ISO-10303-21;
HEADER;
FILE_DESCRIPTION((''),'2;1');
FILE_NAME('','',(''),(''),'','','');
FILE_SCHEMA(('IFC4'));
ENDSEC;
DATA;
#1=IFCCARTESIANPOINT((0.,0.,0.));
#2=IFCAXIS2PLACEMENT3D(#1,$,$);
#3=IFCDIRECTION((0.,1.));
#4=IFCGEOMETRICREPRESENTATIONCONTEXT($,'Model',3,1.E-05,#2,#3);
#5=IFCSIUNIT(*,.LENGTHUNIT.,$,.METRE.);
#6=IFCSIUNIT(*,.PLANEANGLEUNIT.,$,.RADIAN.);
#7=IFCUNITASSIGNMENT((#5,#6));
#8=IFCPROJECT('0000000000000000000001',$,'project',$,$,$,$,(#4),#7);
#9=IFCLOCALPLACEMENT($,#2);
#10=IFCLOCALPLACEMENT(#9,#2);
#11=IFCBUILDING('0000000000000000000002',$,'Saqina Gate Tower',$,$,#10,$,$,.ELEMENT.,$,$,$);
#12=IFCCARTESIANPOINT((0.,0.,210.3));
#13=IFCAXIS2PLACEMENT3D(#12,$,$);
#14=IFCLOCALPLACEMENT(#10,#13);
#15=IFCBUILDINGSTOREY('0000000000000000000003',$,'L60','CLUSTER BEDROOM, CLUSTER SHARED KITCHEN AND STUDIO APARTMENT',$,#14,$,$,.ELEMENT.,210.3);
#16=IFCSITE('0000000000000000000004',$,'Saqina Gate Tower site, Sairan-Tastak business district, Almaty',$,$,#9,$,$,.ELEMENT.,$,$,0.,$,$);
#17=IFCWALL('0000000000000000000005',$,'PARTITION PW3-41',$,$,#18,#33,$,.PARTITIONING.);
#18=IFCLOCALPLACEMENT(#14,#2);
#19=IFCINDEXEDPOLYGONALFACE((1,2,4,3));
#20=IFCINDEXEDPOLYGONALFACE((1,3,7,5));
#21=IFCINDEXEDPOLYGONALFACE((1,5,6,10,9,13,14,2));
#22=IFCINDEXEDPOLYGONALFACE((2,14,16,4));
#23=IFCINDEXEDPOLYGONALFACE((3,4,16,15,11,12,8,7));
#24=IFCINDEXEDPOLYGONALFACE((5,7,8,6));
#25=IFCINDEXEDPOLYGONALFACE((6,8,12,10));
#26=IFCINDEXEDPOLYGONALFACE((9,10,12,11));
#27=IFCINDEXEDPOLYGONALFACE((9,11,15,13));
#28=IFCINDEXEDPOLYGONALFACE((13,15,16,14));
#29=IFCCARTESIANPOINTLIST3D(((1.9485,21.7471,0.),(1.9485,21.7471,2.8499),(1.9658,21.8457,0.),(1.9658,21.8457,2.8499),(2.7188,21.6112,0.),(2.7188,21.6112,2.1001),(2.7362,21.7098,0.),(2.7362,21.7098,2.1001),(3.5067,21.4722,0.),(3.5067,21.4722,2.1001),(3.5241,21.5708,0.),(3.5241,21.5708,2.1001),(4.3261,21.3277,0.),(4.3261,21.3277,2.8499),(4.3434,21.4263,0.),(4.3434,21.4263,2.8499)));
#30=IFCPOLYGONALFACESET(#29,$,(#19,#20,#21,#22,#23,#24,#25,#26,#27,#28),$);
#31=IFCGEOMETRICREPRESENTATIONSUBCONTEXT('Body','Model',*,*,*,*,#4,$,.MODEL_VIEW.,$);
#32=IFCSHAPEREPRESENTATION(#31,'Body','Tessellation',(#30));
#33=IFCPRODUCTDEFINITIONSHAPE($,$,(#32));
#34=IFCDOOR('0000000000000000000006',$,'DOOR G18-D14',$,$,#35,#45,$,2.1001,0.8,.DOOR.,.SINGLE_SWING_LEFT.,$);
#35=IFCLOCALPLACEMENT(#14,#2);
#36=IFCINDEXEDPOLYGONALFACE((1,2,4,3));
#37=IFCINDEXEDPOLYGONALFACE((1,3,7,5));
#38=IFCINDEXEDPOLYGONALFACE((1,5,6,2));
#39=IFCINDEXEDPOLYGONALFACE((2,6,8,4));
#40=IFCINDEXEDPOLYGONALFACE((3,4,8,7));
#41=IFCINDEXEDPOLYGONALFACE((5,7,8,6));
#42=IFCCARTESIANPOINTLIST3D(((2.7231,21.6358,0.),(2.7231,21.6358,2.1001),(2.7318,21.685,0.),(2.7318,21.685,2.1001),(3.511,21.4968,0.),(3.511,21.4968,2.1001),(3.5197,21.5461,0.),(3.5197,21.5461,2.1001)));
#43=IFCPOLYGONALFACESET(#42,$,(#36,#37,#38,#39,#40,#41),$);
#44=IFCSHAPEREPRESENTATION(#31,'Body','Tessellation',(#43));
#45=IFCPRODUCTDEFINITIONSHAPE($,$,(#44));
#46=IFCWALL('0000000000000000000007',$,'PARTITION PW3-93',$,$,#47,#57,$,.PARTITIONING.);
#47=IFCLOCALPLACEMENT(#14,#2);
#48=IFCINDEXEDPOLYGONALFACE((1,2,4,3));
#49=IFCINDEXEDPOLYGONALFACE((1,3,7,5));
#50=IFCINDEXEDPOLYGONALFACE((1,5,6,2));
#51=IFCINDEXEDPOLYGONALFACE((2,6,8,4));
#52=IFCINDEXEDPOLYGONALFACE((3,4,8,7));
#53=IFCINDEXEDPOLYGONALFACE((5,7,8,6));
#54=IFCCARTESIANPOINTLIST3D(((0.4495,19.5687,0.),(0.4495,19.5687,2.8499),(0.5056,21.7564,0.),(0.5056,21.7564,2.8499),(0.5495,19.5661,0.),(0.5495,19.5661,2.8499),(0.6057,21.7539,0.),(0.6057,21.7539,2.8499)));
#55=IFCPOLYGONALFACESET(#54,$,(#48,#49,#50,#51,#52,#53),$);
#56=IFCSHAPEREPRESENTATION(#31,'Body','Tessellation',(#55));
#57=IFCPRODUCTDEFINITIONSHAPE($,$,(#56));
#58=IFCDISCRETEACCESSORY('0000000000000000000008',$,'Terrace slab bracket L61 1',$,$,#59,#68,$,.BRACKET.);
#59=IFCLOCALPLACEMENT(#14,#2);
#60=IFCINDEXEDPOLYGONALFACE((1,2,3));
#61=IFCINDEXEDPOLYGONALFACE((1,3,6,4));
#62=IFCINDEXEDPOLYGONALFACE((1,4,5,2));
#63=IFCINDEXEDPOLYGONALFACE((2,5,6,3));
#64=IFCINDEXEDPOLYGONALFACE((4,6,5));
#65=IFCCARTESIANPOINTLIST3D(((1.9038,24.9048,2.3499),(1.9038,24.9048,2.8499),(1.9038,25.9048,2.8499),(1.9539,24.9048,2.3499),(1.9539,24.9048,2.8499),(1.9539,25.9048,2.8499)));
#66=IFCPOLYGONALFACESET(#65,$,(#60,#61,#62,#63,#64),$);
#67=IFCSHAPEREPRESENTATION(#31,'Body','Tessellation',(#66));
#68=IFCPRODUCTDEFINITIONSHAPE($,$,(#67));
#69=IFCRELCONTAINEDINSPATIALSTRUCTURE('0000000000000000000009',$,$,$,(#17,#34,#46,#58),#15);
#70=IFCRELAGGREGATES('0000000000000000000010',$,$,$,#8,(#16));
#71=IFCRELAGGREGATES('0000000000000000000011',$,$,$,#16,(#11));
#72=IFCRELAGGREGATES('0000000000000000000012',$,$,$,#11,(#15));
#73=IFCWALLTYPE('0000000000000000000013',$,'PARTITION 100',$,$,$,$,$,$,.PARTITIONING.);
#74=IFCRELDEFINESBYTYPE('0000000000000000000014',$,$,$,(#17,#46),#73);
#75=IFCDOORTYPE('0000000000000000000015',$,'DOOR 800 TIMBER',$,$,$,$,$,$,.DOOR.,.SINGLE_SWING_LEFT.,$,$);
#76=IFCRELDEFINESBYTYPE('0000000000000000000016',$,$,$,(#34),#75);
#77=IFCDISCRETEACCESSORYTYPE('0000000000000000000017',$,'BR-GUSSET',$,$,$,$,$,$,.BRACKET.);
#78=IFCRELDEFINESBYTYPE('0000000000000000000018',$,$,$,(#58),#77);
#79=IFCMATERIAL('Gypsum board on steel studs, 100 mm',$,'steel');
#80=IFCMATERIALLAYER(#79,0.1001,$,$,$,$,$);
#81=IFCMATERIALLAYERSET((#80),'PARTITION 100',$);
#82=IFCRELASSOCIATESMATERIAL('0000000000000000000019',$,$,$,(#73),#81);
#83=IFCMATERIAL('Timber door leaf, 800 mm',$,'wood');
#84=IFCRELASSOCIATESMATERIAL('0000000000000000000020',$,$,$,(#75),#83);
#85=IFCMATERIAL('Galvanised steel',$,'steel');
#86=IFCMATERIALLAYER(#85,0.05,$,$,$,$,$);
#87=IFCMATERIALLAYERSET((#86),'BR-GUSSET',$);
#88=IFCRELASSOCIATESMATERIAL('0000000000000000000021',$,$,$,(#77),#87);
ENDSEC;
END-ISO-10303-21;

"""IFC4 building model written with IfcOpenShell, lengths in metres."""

from ifc_helpers import new_model, si_unit, direction, frame, frame_2d, origin, place, context, subcontext, project, spatial, polyline, rectangle, outline, extrude, material, layer, layer_set, type_object, element, fill, save


model = new_model("IFC4")

# Units and contexts
model_context = context("Model", 3, precision=1e-05, world=origin(), true_north=direction((0.0, 1.0)))
body_context = subcontext(model_context, "Body", "Model", "MODEL_VIEW")
ifc_project = project(units=[si_unit("LENGTHUNIT", "METRE"), si_unit("PLANEANGLEUNIT", "RADIAN")], contexts=[model_context])

# Site, building, storey
site_placement = place(None, origin())
site = spatial("IfcSite", under=ifc_project, at=site_placement, Name="Saqina Gate Tower site, Sairan-Tastak business district, Almaty", CompositionType="ELEMENT", RefElevation=0.0)
building_placement = place(site_placement, origin())
building = spatial("IfcBuilding", under=site, at=building_placement, Name="Saqina Gate Tower", CompositionType="ELEMENT")
storey_placement = place(building_placement, frame((0.0, 0.0, 210.3)))
storey = spatial("IfcBuildingStorey", under=building, at=storey_placement, Name="L60", Description="CLUSTER BEDROOM, CLUSTER SHARED KITCHEN AND STUDIO APARTMENT", CompositionType="ELEMENT", Elevation=210.3)

# Wall, opening, door
ifc_material_1 = material(Name="Gypsum board on steel studs, 100 mm", Category="steel")
ifc_layer_1 = layer(ifc_material_1, 0.1001)
ifc_layer_set_1 = layer_set([ifc_layer_1], Name="PARTITION 100")
wall_type_1 = type_object("IfcWallType", Name="PARTITION 100", PredefinedType="PARTITIONING", material=ifc_layer_set_1)
ifc_material_2 = material(Name="Timber door leaf, 800 mm", Category="wood")
door_type = type_object("IfcDoorType", Name="DOOR 800 TIMBER", OperationType="SINGLE_SWING_LEFT", PredefinedType="DOOR", material=ifc_material_2)
wall_1_placement = place(storey_placement, frame((1.9573, 21.7964, 0.0), z_axis=(0.0, 0.0, 1.0), x_axis=(0.984795, -0.173722, 0.0)))
wall_1 = element("IfcWall", 1, at=wall_1_placement, inside=storey, type_object=wall_type_1, Name="PARTITION PW3-41", PredefinedType="PARTITIONING", context=body_context, shape_type="SweptSolid", body=[
    extrude(rectangle(XDim=2.4143, YDim=0.1001, at=frame_2d((1.207, 0.0))), origin(), (0.0, 0.0, 1.0), 2.8499),
])
opening_1_placement = place(wall_1_placement, frame((0.7822, 0.0, 0.0)))
opening_1 = element("IfcOpeningElement", 2, at=opening_1_placement, cuts=wall_1, PredefinedType="OPENING", context=body_context, shape_type="SweptSolid", body=[
    extrude(rectangle(XDim=0.8, YDim=2.1001, at=frame_2d((0.3999, 1.05))), frame((0.0, 0.062, 0.0), z_axis=(0.0, -1.0, 0.0), x_axis=(1.0, 0.0, 0.0)), (0.0, 0.0, 1.0), 0.124),
])
door_1_placement = place(opening_1_placement, origin())
door_1 = element("IfcDoor", 3, at=door_1_placement, inside=storey, type_object=door_type, Name="DOOR G18-D14", OperationType="SINGLE_SWING_LEFT", OverallHeight=2.1001, OverallWidth=0.8, PredefinedType="DOOR", context=body_context, shape_type="SweptSolid", body=[
    extrude(rectangle(XDim=0.8, YDim=2.1001, at=frame_2d((0.3999, 1.05))), frame((0.0, 0.0249, 0.0), z_axis=(0.0, -1.0, 0.0), x_axis=(1.0, 0.0, 0.0)), (0.0, 0.0, 1.0), 0.05),
])
fill(opening_1, door_1)

# Wall
wall_2_placement = place(storey_placement, frame((0.4995, 19.5674, 0.0), z_axis=(0.0, 0.0, 1.0), x_axis=(0.025658, 0.999671, 0.0)))
element("IfcWall", 4, at=wall_2_placement, inside=storey, type_object=wall_type_1, Name="PARTITION PW3-93", PredefinedType="PARTITIONING", context=body_context, shape_type="SweptSolid", body=[
    extrude(rectangle(XDim=2.1885, YDim=0.1001, at=frame_2d((1.0942, 0.0))), origin(), (0.0, 0.0, 1.0), 2.8499),
])

# Discrete accessory
ifc_material_3 = material(Name="Galvanised steel", Category="steel")
ifc_layer_2 = layer(ifc_material_3, 0.05)
ifc_layer_set_2 = layer_set([ifc_layer_2], Name="BR-GUSSET")
discrete_accessory_type = type_object("IfcDiscreteAccessoryType", Name="BR-GUSSET", PredefinedType="BRACKET", material=ifc_layer_set_2)
discrete_accessory_placement = place(storey_placement, frame((1.9038, 24.9048, 2.3499), z_axis=(-1.0, 0.0, 0.0), x_axis=(0.0, 0.0, 1.0)))
element("IfcDiscreteAccessory", 5, at=discrete_accessory_placement, inside=storey, type_object=discrete_accessory_type, Name="Terrace slab bracket L61 1", PredefinedType="BRACKET", context=body_context, shape_type="SweptSolid", body=[
    extrude(outline(polyline([(0.0, 0.0), (0.5, 0.0), (0.5, 1.0), (0.0, 0.0)])), origin(), (0.0, 0.0, -1.0), 0.05),
])

save(model, "model.ifc")
